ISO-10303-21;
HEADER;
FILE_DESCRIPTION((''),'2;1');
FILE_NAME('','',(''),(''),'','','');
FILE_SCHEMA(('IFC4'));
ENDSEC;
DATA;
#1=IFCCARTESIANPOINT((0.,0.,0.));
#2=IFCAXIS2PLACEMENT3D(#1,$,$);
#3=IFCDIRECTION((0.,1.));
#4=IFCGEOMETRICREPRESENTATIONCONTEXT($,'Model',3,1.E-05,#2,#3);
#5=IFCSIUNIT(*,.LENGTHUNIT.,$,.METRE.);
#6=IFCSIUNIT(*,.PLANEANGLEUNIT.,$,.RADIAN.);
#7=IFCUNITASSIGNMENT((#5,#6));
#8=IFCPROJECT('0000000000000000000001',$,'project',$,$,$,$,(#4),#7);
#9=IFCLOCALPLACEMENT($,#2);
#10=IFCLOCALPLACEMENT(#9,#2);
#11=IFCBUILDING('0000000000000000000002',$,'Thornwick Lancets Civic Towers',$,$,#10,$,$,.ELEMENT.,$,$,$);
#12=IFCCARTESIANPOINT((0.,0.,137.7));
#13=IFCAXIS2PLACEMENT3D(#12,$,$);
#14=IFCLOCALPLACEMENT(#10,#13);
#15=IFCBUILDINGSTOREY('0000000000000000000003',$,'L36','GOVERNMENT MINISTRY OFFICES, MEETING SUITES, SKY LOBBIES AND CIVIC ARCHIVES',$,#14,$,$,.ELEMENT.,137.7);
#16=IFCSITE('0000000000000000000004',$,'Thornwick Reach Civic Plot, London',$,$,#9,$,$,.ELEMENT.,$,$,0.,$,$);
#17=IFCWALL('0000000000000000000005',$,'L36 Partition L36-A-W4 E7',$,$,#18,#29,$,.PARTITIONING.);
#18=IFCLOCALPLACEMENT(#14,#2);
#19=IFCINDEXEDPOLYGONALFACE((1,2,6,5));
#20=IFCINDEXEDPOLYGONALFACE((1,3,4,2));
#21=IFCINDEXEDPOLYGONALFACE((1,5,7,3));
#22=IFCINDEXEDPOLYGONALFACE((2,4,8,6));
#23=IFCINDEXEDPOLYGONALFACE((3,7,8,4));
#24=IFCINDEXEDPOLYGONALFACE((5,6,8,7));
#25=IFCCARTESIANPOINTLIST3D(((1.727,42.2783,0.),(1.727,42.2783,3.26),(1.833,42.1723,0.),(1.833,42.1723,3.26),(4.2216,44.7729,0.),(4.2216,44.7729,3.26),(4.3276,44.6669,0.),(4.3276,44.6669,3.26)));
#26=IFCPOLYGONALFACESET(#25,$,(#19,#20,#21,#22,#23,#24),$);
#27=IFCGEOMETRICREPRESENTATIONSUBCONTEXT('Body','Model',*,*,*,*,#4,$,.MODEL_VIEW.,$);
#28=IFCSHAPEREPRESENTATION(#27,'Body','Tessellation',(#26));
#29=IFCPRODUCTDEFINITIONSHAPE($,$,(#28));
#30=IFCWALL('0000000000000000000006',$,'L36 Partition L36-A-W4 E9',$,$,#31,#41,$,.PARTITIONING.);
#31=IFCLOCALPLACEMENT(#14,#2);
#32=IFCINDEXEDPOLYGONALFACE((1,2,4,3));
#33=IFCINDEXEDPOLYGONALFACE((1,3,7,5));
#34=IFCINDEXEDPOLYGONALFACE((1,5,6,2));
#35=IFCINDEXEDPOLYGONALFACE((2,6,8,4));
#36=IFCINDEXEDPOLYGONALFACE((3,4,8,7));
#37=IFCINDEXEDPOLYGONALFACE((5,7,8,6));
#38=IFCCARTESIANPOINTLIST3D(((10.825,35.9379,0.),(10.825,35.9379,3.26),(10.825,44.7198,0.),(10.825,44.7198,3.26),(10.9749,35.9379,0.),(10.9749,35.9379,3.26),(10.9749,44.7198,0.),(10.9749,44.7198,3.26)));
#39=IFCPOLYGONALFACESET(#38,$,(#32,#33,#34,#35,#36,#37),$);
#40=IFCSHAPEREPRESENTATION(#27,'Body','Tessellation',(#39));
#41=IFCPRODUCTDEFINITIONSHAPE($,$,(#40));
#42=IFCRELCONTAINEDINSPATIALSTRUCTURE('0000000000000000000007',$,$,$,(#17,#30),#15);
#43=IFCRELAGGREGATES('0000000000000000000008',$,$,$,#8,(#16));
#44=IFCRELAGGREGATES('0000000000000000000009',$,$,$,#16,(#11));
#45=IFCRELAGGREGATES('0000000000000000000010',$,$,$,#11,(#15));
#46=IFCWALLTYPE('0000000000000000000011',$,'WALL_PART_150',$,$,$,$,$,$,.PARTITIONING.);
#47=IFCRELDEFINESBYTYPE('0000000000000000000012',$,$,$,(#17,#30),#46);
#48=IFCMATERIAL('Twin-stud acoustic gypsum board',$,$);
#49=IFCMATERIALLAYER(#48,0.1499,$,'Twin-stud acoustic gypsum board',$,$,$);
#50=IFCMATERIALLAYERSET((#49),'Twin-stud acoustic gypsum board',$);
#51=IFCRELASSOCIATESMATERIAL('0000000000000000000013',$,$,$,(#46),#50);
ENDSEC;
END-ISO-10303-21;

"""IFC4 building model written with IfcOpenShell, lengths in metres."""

from ifc_helpers import new_model, si_unit, direction, frame, frame_2d, origin, place, context, subcontext, project, spatial, rectangle, extrude, material, layer, layer_set, type_object, element, save


model = new_model("IFC4")

# Units and contexts
model_context = context("Model", 3, precision=1e-05, world=origin(), true_north=direction((0.0, 1.0)))
body_context = subcontext(model_context, "Body", "Model", "MODEL_VIEW")
ifc_project = project(units=[si_unit("LENGTHUNIT", "METRE"), si_unit("PLANEANGLEUNIT", "RADIAN")], contexts=[model_context])

# Site, building, storey
site_placement = place(None, origin())
site = spatial("IfcSite", under=ifc_project, at=site_placement, Name="Thornwick Reach Civic Plot, London", CompositionType="ELEMENT", RefElevation=0.0)
building_placement = place(site_placement, origin())
building = spatial("IfcBuilding", under=site, at=building_placement, Name="Thornwick Lancets Civic Towers", CompositionType="ELEMENT")
storey_placement = place(building_placement, frame((0.0, 0.0, 137.7)))
storey = spatial("IfcBuildingStorey", under=building, at=storey_placement, Name="L36", Description="GOVERNMENT MINISTRY OFFICES, MEETING SUITES, SKY LOBBIES AND CIVIC ARCHIVES", CompositionType="ELEMENT", Elevation=137.7)

# Walls
ifc_material_1 = material(Name="Twin-stud acoustic gypsum board")
ifc_layer_1 = layer(ifc_material_1, 0.1499, Name="Twin-stud acoustic gypsum board")
ifc_layer_set_1 = layer_set([ifc_layer_1], Name="Twin-stud acoustic gypsum board")
wall_type_1 = type_object("IfcWallType", Name="WALL_PART_150", PredefinedType="PARTITIONING", material=ifc_layer_set_1)
wall_1_placement = place(storey_placement, frame((1.78, 42.2253, 0.0), z_axis=(0.0, 0.0, 1.0), x_axis=(0.707107, 0.707107, 0.0)))
element("IfcWall", 1, at=wall_1_placement, inside=storey, type_object=wall_type_1, Name="L36 Partition L36-A-W4 E7", PredefinedType="PARTITIONING", context=body_context, shape_type="SweptSolid", body=[
    extrude(rectangle(XDim=3.5278, YDim=0.1499, at=frame_2d((1.7639, 0.0))), origin(), (0.0, 0.0, 1.0), 3.26),
])
wall_2_placement = place(storey_placement, frame((10.8999, 44.72, 0.0), z_axis=(0.0, 0.0, 1.0), x_axis=(0.0, -1.0, 0.0)))
element("IfcWall", 2, at=wall_2_placement, inside=storey, type_object=wall_type_1, Name="L36 Partition L36-A-W4 E9", PredefinedType="PARTITIONING", context=body_context, shape_type="SweptSolid", body=[
    extrude(rectangle(XDim=8.782, YDim=0.1499, at=frame_2d((4.3911, 0.0))), origin(), (0.0, 0.0, 1.0), 3.26),
])

save(model, "model.ifc")
